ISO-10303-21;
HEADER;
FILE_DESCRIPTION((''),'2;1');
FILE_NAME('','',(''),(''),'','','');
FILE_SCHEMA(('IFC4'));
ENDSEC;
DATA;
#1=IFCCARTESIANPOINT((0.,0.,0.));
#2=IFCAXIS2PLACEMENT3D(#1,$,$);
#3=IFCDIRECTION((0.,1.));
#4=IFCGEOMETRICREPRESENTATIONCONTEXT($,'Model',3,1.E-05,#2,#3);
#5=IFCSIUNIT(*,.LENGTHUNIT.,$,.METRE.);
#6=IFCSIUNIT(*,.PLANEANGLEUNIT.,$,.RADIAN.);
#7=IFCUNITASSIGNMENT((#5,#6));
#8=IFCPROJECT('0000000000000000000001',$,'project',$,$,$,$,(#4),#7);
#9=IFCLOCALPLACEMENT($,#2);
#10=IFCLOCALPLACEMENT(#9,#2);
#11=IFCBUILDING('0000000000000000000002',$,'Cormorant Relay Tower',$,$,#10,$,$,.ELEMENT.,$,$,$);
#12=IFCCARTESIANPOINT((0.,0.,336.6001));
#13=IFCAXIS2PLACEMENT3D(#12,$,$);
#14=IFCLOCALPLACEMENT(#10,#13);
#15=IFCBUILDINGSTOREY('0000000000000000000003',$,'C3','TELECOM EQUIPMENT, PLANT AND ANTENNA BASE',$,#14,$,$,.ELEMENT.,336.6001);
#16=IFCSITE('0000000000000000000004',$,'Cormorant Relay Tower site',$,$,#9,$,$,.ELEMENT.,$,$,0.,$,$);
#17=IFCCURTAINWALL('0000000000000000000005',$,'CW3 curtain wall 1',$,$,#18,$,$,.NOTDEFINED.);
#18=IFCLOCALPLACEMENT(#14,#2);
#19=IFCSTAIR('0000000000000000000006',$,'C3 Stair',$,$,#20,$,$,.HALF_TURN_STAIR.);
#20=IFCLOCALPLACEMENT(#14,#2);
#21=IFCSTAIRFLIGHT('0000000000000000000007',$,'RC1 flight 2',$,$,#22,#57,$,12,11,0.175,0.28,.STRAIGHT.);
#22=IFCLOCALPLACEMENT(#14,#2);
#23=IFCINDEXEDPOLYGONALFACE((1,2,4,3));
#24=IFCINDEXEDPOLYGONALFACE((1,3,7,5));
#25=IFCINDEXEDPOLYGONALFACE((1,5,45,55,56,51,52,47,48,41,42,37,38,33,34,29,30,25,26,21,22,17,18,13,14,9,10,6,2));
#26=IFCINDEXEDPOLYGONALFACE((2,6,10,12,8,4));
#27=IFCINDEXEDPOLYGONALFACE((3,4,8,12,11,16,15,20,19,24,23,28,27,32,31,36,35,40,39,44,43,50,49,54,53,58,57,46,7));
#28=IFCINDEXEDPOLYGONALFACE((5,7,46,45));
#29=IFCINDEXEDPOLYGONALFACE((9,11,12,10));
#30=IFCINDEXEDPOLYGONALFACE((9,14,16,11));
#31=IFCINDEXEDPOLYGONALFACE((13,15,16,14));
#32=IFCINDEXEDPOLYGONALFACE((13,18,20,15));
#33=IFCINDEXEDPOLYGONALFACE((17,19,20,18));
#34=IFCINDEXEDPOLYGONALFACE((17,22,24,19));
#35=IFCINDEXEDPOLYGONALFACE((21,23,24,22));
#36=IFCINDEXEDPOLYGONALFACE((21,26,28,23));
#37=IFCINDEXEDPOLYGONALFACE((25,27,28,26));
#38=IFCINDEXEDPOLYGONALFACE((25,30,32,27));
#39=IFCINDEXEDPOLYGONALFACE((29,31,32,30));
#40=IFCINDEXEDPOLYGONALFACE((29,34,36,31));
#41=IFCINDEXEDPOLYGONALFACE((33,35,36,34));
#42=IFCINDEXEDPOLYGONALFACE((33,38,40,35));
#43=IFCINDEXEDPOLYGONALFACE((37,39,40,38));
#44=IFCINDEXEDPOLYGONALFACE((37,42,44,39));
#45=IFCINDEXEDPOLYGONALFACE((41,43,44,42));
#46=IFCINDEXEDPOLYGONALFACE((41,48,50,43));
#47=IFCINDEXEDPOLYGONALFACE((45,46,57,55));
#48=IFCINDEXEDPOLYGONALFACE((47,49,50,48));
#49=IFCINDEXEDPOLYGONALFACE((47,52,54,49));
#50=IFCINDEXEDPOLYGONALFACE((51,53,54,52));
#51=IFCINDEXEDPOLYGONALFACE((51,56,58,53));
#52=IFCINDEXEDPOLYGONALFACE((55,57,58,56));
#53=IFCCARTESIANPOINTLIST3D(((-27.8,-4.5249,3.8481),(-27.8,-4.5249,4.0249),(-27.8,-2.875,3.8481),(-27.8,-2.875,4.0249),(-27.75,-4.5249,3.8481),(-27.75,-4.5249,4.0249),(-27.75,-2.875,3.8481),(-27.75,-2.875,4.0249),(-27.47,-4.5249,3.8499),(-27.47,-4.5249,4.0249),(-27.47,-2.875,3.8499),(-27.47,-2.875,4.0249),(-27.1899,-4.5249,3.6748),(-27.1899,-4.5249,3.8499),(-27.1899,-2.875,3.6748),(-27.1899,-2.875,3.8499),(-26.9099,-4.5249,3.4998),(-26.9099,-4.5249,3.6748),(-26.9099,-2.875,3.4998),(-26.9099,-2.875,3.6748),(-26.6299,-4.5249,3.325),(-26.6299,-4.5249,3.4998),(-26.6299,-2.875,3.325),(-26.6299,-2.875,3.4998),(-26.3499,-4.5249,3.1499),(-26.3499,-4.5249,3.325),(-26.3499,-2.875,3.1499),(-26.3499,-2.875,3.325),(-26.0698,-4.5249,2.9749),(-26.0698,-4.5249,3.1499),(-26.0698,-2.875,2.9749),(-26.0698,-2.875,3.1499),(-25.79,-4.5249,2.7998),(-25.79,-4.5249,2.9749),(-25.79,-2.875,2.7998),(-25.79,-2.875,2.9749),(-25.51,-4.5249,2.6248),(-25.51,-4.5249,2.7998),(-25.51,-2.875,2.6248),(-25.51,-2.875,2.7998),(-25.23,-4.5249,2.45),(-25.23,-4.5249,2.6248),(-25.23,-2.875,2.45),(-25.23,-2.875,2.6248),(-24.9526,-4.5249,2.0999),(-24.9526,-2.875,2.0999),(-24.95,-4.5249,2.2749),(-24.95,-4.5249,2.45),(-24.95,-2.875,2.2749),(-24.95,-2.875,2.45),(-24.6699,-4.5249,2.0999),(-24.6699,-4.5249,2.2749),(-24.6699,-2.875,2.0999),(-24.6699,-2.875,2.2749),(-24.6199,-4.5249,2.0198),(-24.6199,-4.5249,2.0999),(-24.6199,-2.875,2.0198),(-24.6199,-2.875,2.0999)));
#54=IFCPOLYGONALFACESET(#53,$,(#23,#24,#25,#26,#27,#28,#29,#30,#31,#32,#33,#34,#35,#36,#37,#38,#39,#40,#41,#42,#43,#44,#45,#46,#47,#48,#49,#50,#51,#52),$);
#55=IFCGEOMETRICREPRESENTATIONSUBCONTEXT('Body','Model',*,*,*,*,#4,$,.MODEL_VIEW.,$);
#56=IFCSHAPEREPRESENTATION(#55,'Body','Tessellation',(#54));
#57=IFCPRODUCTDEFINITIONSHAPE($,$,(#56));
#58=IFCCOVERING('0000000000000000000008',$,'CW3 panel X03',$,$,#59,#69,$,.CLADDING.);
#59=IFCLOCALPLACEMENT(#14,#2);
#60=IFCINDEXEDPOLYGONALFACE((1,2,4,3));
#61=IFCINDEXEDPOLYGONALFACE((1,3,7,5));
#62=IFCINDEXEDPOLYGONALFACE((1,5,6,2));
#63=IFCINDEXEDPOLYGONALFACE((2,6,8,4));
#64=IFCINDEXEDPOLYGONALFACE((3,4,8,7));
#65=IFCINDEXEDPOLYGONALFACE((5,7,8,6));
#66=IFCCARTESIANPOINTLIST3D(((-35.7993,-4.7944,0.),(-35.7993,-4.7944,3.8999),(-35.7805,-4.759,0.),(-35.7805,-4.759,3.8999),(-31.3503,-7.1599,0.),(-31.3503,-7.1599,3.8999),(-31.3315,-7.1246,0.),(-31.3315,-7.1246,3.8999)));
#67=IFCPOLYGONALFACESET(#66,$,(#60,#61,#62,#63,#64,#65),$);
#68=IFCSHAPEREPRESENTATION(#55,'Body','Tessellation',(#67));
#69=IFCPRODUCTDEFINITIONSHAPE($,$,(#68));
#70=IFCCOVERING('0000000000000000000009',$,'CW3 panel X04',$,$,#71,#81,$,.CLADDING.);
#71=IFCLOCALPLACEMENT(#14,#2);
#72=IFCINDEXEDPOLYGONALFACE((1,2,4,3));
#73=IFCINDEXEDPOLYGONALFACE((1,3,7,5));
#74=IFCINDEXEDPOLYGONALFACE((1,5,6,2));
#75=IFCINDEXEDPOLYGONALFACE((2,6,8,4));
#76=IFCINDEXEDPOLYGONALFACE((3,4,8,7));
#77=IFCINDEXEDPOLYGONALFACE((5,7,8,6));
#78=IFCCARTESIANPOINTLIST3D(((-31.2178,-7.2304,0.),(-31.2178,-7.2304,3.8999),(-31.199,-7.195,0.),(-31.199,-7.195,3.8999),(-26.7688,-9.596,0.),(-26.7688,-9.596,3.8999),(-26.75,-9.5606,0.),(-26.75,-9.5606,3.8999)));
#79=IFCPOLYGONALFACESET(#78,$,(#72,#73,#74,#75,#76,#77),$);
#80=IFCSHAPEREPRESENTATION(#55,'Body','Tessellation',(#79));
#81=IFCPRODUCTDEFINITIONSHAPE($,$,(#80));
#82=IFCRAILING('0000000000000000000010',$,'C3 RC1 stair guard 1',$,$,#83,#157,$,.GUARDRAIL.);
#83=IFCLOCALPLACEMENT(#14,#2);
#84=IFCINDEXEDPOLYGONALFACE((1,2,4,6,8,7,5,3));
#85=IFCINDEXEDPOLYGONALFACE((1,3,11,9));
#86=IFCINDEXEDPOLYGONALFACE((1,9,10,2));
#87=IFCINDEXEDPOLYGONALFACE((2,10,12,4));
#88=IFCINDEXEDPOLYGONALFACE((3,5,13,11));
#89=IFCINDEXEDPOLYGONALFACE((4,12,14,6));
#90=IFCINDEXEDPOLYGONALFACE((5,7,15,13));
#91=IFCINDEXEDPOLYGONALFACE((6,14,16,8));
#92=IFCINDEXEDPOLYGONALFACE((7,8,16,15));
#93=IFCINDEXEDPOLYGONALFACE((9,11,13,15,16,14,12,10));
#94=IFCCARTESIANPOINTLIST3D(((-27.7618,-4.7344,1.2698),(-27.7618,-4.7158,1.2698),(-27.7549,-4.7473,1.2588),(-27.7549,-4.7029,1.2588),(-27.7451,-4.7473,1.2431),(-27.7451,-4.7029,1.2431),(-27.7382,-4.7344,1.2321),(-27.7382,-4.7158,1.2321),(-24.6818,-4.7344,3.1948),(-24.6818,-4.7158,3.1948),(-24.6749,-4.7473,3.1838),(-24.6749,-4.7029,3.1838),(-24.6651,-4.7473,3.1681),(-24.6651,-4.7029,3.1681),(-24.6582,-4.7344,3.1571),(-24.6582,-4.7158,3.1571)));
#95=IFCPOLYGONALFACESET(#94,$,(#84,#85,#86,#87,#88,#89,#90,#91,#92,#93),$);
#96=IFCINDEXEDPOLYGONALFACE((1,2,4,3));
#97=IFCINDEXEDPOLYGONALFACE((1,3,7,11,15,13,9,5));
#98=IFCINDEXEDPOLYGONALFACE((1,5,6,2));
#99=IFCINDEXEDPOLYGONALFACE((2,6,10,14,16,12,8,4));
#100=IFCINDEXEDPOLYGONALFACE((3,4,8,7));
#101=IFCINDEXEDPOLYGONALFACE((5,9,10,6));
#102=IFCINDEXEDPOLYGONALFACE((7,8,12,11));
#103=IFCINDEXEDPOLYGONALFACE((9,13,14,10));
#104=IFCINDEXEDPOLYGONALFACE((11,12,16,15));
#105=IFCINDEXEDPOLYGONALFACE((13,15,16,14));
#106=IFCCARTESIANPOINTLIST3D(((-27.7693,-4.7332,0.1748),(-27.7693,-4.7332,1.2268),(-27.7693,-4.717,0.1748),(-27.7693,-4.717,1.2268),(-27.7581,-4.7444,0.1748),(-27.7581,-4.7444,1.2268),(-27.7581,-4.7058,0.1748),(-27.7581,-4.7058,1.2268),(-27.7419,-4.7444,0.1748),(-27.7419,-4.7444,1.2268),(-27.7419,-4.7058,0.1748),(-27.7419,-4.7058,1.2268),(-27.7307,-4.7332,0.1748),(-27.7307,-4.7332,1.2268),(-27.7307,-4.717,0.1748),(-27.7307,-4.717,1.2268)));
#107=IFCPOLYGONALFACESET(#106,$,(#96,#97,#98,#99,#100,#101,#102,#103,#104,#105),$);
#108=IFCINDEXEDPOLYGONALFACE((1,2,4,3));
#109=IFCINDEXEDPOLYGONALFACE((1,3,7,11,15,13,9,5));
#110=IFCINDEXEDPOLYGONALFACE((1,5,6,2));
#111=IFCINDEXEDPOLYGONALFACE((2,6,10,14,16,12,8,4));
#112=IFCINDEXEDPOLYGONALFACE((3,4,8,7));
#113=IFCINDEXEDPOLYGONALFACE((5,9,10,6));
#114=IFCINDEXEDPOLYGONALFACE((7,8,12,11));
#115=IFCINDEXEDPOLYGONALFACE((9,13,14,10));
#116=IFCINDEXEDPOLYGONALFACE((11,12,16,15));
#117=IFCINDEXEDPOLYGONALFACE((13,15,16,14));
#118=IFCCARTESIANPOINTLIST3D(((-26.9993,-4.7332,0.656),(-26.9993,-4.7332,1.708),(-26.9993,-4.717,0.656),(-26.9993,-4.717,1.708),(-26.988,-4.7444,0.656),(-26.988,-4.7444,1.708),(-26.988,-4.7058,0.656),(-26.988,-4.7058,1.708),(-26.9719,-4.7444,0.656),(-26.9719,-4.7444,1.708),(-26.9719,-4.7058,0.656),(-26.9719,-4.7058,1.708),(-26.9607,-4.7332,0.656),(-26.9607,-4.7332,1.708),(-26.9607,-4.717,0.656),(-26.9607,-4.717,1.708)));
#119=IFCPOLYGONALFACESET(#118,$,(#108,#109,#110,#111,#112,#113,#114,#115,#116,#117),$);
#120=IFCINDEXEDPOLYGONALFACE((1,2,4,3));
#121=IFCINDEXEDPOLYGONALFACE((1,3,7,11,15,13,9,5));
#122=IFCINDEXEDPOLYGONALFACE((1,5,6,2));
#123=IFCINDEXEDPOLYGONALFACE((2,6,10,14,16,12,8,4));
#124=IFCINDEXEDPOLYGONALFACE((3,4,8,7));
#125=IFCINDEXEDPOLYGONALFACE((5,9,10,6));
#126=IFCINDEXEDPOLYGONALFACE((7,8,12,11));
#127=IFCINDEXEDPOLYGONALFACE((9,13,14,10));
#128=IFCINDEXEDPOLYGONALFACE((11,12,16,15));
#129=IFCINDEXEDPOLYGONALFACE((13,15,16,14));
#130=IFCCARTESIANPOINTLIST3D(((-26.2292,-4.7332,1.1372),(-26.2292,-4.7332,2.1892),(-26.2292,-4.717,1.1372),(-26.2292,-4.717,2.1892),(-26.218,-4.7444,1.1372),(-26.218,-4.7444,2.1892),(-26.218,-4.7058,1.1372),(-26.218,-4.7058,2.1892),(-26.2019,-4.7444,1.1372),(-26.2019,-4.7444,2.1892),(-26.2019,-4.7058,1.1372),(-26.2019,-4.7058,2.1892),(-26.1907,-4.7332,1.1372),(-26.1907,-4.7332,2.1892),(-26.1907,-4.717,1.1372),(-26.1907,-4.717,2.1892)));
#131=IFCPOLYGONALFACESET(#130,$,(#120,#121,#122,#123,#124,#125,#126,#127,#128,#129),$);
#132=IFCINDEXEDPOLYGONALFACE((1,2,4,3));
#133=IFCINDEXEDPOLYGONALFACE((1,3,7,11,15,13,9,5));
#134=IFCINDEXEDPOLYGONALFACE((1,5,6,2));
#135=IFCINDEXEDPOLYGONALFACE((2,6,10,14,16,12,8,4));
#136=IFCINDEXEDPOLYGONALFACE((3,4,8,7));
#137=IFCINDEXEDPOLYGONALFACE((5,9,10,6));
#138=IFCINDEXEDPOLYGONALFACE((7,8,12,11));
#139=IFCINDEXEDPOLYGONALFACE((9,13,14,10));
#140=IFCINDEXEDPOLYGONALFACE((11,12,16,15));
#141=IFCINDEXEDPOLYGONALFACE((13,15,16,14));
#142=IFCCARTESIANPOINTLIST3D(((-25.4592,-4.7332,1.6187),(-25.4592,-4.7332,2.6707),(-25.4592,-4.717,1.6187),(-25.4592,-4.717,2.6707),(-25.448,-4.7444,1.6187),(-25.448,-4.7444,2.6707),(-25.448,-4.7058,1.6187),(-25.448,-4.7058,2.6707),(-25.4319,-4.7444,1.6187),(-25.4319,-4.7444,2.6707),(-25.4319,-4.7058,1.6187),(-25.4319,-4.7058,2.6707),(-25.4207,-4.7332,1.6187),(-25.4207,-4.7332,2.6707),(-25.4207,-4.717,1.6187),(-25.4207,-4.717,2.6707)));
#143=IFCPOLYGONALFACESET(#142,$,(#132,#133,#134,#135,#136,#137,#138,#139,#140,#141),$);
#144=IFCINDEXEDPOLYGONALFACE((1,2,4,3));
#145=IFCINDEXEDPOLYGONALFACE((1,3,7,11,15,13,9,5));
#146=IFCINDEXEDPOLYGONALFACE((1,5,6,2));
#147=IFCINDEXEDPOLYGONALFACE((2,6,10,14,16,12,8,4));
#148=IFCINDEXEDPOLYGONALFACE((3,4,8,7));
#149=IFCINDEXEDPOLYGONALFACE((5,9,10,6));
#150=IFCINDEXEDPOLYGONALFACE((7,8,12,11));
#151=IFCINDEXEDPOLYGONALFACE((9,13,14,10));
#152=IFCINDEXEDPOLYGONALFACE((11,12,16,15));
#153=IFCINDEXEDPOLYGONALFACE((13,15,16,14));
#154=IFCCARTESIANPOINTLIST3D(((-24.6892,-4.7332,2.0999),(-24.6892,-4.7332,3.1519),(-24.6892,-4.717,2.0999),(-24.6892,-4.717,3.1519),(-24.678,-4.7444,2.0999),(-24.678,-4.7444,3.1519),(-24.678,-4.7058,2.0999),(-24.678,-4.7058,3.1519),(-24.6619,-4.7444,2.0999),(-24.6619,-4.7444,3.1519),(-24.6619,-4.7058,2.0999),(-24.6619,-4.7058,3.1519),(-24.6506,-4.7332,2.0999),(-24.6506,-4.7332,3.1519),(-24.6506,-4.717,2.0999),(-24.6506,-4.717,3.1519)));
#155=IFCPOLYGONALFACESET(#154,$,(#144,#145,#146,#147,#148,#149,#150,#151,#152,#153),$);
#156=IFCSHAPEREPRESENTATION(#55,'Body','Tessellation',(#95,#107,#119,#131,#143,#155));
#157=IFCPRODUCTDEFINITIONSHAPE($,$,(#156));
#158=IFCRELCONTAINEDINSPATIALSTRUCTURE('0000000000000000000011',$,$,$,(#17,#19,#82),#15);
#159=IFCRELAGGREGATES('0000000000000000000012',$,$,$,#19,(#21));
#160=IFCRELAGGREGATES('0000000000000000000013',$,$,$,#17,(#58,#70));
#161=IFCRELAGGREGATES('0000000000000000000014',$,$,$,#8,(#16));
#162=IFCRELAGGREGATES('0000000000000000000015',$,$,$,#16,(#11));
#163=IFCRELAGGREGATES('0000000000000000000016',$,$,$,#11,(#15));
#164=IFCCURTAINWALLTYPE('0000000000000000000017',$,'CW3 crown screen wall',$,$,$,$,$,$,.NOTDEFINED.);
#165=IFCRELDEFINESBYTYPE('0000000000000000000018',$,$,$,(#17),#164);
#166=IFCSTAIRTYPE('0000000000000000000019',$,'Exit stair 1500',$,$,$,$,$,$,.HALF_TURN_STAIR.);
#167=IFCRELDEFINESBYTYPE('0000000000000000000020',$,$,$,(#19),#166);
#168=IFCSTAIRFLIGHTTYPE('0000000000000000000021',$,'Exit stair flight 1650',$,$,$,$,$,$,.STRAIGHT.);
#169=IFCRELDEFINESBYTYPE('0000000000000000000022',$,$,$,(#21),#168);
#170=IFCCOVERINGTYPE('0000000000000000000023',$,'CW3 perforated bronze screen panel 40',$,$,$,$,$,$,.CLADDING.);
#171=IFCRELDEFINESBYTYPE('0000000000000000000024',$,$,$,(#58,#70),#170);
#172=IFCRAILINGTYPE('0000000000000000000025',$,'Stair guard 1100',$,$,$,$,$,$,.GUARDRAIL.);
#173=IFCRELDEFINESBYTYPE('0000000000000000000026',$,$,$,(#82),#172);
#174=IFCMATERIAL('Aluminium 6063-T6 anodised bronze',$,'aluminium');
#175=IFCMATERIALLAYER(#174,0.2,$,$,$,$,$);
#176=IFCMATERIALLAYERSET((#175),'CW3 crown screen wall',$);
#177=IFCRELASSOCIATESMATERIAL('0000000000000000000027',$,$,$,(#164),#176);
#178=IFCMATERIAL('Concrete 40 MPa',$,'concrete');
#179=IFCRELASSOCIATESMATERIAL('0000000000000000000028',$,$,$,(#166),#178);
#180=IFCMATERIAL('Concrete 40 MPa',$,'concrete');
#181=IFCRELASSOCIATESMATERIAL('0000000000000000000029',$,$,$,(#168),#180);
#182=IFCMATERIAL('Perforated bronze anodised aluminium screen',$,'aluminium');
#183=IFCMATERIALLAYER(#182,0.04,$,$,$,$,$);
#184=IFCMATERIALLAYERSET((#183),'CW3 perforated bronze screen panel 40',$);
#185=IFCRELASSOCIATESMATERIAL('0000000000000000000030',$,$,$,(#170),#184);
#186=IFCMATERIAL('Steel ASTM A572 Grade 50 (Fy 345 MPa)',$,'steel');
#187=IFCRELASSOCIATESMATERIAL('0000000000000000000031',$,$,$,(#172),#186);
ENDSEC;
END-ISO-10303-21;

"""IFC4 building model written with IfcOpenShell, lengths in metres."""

from ifc_helpers import new_model, si_unit, direction, frame, origin, origin_2d, place, context, subcontext, project, spatial, polyline, rectangle, outline, extrude, material, layer, layer_set, type_object, element, aggregate, save


model = new_model("IFC4")

# Units and contexts
model_context = context("Model", 3, precision=1e-05, world=origin(), true_north=direction((0.0, 1.0)))
body_context = subcontext(model_context, "Body", "Model", "MODEL_VIEW")
ifc_project = project(units=[si_unit("LENGTHUNIT", "METRE"), si_unit("PLANEANGLEUNIT", "RADIAN")], contexts=[model_context])

# Site, building, storey
site_placement = place(None, origin())
site = spatial("IfcSite", under=ifc_project, at=site_placement, Name="Cormorant Relay Tower site", CompositionType="ELEMENT", RefElevation=0.0)
building_placement = place(site_placement, origin())
building = spatial("IfcBuilding", under=site, at=building_placement, Name="Cormorant Relay Tower", CompositionType="ELEMENT")
storey_placement = place(building_placement, frame((0.0, 0.0, 336.6001)))
storey = spatial("IfcBuildingStorey", under=building, at=storey_placement, Name="C3", Description="TELECOM EQUIPMENT, PLANT AND ANTENNA BASE", CompositionType="ELEMENT", Elevation=336.6001)

# Curtain wall
ifc_material_1 = material(Name="Aluminium 6063-T6 anodised bronze", Category="aluminium")
ifc_layer_1 = layer(ifc_material_1, 0.2)
ifc_layer_set_1 = layer_set([ifc_layer_1], Name="CW3 crown screen wall")
curtain_wall_type = type_object("IfcCurtainWallType", Name="CW3 crown screen wall", PredefinedType="NOTDEFINED", material=ifc_layer_set_1)
curtain_wall_placement = place(storey_placement, origin())
curtain_wall = element("IfcCurtainWall", 1, at=curtain_wall_placement, inside=storey, type_object=curtain_wall_type, Name="CW3 curtain wall 1", PredefinedType="NOTDEFINED")

# Stair, stair flight
ifc_material_2 = material(Name="Concrete 40 MPa", Category="concrete")
stair_type = type_object("IfcStairType", Name="Exit stair 1500", PredefinedType="HALF_TURN_STAIR", material=ifc_material_2)
stair_placement = place(storey_placement, origin())
stair = element("IfcStair", 2, at=stair_placement, inside=storey, type_object=stair_type, Name="C3 Stair", PredefinedType="HALF_TURN_STAIR")
ifc_material_3 = material(Name="Concrete 40 MPa", Category="concrete")
stair_flight_type = type_object("IfcStairFlightType", Name="Exit stair flight 1650", PredefinedType="STRAIGHT", material=ifc_material_3)
stair_flight_1_placement = place(storey_placement, frame((-24.6699, -3.7, 2.0999), z_axis=(0.0, 0.0, 1.0), x_axis=(-1.0, 0.0, 0.0)))
stair_flight_1 = element("IfcStairFlight", 3, at=stair_flight_1_placement, type_object=stair_flight_type, Name="RC1 flight 2", NumberOfRisers=12, NumberOfTreads=11, PredefinedType="STRAIGHT", RiserHeight=0.175, TreadLength=0.28, context=body_context, shape_type="SweptSolid", body=[
    extrude(outline(polyline([(-0.05, -0.0801), (-0.05, 0.0), (0.0, 0.0), (0.0, 0.175), (0.28, 0.175), (0.28, 0.3501), (0.5601, 0.3501), (0.5601, 0.5249), (0.8401, 0.5249), (0.8401, 0.7), (1.1201, 0.7), (1.1201, 0.875), (1.3999, 0.875), (1.3999, 1.05), (1.6799, 1.05), (1.6799, 1.2251), (1.96, 1.2251), (1.96, 1.3999), (2.24, 1.3999), (2.24, 1.575), (2.52, 1.575), (2.52, 1.75), (2.8, 1.75), (2.8, 1.925), (3.0801, 1.925), (3.1301, 1.925), (3.1301, 1.7483), (3.0801, 1.7483), (0.2827, 0.0), (-0.05, -0.0801)])), frame((0.0, 0.825, 0.0), z_axis=(0.0, -1.0, 0.0), x_axis=(1.0, 0.0, 0.0)), (0.0, 0.0, 1.0), 1.6499),
])
aggregate(stair, [stair_flight_1])

# Coverings
ifc_material_4 = material(Name="Perforated bronze anodised aluminium screen", Category="aluminium")
ifc_layer_2 = layer(ifc_material_4, 0.04)
ifc_layer_set_2 = layer_set([ifc_layer_2], Name="CW3 perforated bronze screen panel 40")
covering_type = type_object("IfcCoveringType", Name="CW3 perforated bronze screen panel 40", PredefinedType="CLADDING", material=ifc_layer_set_2)
covering_1_placement = place(storey_placement, frame((-33.5654, -5.9595, 0.0), z_axis=(0.0, 0.0, 1.0), x_axis=(0.882948, -0.469472, 0.0)))
covering_1 = element("IfcCovering", 4, at=covering_1_placement, type_object=covering_type, Name="CW3 panel X03", PredefinedType="CLADDING", context=body_context, shape_type="SweptSolid", body=[
    extrude(rectangle(XDim=5.0388, YDim=0.04, at=origin_2d()), origin(), (0.0, 0.0, 1.0), 3.8999),
])
covering_2_placement = place(storey_placement, frame((-28.9839, -8.3955, 0.0), z_axis=(0.0, 0.0, 1.0), x_axis=(0.882948, -0.469472, 0.0)))
covering_2 = element("IfcCovering", 5, at=covering_2_placement, type_object=covering_type, Name="CW3 panel X04", PredefinedType="CLADDING", context=body_context, shape_type="SweptSolid", body=[
    extrude(rectangle(XDim=5.0388, YDim=0.04, at=origin_2d()), origin(), (0.0, 0.0, 1.0), 3.8999),
])
aggregate(curtain_wall, [covering_1, covering_2])

# Railing
ifc_material_5 = material(Name="Steel ASTM A572 Grade 50 (Fy 345 MPa)", Category="steel")
railing_type_1 = type_object("IfcRailingType", Name="Stair guard 1100", PredefinedType="GUARDRAIL", material=ifc_material_5)
railing_1_placement = place(storey_placement, frame((-27.75, -4.7251, 0.1748)))
element("IfcRailing", 6, at=railing_1_placement, inside=storey, type_object=railing_type_1, Name="C3 RC1 stair guard 1", PredefinedType="GUARDRAIL", context=body_context, shape_type="SweptSolid", body=[
    extrude(outline(polyline([(0.0222, 0.0093), (0.0093, 0.0222), (-0.0093, 0.0222), (-0.0222, 0.0093), (-0.0222, -0.0093), (-0.0093, -0.0222), (0.0093, -0.0222), (0.0222, -0.0093), (0.0222, 0.0093)])), frame((0.0, 0.0, 1.0762), z_axis=(0.847998, 0.0, 0.529999), x_axis=(0.0, 1.0, 0.0)), (0.0, 0.0, 1.0), 3.6321),
    extrude(outline(polyline([(0.0193, 0.0081), (0.0081, 0.0193), (-0.0081, 0.0193), (-0.0193, 0.0081), (-0.0193, -0.0081), (-0.0081, -0.0193), (0.0081, -0.0193), (0.0193, -0.0081), (0.0193, 0.0081)])), origin(), (0.0, 0.0, 1.0), 1.052),
    extrude(outline(polyline([(0.0193, 0.0081), (0.0081, 0.0193), (-0.0081, 0.0193), (-0.0193, 0.0081), (-0.0193, -0.0081), (-0.0081, -0.0193), (0.0081, -0.0193), (0.0193, -0.0081), (0.0193, 0.0081)])), frame((0.77, 0.0, 0.4812)), (0.0, 0.0, 1.0), 1.052),
    extrude(outline(polyline([(0.0193, 0.0081), (0.0081, 0.0193), (-0.0081, 0.0193), (-0.0193, 0.0081), (-0.0193, -0.0081), (-0.0081, -0.0193), (0.0081, -0.0193), (0.0193, -0.0081), (0.0193, 0.0081)])), frame((1.54, 0.0, 0.9624)), (0.0, 0.0, 1.0), 1.052),
    extrude(outline(polyline([(0.0193, 0.0081), (0.0081, 0.0193), (-0.0081, 0.0193), (-0.0193, 0.0081), (-0.0193, -0.0081), (-0.0081, -0.0193), (0.0081, -0.0193), (0.0193, -0.0081), (0.0193, 0.0081)])), frame((2.3101, 0.0, 1.4438)), (0.0, 0.0, 1.0), 1.052),
    extrude(outline(polyline([(0.0193, 0.0081), (0.0081, 0.0193), (-0.0081, 0.0193), (-0.0193, 0.0081), (-0.0193, -0.0081), (-0.0081, -0.0193), (0.0081, -0.0193), (0.0193, -0.0081), (0.0193, 0.0081)])), frame((3.0801, 0.0, 1.925)), (0.0, 0.0, 1.0), 1.052),
])

save(model, "model.ifc")
